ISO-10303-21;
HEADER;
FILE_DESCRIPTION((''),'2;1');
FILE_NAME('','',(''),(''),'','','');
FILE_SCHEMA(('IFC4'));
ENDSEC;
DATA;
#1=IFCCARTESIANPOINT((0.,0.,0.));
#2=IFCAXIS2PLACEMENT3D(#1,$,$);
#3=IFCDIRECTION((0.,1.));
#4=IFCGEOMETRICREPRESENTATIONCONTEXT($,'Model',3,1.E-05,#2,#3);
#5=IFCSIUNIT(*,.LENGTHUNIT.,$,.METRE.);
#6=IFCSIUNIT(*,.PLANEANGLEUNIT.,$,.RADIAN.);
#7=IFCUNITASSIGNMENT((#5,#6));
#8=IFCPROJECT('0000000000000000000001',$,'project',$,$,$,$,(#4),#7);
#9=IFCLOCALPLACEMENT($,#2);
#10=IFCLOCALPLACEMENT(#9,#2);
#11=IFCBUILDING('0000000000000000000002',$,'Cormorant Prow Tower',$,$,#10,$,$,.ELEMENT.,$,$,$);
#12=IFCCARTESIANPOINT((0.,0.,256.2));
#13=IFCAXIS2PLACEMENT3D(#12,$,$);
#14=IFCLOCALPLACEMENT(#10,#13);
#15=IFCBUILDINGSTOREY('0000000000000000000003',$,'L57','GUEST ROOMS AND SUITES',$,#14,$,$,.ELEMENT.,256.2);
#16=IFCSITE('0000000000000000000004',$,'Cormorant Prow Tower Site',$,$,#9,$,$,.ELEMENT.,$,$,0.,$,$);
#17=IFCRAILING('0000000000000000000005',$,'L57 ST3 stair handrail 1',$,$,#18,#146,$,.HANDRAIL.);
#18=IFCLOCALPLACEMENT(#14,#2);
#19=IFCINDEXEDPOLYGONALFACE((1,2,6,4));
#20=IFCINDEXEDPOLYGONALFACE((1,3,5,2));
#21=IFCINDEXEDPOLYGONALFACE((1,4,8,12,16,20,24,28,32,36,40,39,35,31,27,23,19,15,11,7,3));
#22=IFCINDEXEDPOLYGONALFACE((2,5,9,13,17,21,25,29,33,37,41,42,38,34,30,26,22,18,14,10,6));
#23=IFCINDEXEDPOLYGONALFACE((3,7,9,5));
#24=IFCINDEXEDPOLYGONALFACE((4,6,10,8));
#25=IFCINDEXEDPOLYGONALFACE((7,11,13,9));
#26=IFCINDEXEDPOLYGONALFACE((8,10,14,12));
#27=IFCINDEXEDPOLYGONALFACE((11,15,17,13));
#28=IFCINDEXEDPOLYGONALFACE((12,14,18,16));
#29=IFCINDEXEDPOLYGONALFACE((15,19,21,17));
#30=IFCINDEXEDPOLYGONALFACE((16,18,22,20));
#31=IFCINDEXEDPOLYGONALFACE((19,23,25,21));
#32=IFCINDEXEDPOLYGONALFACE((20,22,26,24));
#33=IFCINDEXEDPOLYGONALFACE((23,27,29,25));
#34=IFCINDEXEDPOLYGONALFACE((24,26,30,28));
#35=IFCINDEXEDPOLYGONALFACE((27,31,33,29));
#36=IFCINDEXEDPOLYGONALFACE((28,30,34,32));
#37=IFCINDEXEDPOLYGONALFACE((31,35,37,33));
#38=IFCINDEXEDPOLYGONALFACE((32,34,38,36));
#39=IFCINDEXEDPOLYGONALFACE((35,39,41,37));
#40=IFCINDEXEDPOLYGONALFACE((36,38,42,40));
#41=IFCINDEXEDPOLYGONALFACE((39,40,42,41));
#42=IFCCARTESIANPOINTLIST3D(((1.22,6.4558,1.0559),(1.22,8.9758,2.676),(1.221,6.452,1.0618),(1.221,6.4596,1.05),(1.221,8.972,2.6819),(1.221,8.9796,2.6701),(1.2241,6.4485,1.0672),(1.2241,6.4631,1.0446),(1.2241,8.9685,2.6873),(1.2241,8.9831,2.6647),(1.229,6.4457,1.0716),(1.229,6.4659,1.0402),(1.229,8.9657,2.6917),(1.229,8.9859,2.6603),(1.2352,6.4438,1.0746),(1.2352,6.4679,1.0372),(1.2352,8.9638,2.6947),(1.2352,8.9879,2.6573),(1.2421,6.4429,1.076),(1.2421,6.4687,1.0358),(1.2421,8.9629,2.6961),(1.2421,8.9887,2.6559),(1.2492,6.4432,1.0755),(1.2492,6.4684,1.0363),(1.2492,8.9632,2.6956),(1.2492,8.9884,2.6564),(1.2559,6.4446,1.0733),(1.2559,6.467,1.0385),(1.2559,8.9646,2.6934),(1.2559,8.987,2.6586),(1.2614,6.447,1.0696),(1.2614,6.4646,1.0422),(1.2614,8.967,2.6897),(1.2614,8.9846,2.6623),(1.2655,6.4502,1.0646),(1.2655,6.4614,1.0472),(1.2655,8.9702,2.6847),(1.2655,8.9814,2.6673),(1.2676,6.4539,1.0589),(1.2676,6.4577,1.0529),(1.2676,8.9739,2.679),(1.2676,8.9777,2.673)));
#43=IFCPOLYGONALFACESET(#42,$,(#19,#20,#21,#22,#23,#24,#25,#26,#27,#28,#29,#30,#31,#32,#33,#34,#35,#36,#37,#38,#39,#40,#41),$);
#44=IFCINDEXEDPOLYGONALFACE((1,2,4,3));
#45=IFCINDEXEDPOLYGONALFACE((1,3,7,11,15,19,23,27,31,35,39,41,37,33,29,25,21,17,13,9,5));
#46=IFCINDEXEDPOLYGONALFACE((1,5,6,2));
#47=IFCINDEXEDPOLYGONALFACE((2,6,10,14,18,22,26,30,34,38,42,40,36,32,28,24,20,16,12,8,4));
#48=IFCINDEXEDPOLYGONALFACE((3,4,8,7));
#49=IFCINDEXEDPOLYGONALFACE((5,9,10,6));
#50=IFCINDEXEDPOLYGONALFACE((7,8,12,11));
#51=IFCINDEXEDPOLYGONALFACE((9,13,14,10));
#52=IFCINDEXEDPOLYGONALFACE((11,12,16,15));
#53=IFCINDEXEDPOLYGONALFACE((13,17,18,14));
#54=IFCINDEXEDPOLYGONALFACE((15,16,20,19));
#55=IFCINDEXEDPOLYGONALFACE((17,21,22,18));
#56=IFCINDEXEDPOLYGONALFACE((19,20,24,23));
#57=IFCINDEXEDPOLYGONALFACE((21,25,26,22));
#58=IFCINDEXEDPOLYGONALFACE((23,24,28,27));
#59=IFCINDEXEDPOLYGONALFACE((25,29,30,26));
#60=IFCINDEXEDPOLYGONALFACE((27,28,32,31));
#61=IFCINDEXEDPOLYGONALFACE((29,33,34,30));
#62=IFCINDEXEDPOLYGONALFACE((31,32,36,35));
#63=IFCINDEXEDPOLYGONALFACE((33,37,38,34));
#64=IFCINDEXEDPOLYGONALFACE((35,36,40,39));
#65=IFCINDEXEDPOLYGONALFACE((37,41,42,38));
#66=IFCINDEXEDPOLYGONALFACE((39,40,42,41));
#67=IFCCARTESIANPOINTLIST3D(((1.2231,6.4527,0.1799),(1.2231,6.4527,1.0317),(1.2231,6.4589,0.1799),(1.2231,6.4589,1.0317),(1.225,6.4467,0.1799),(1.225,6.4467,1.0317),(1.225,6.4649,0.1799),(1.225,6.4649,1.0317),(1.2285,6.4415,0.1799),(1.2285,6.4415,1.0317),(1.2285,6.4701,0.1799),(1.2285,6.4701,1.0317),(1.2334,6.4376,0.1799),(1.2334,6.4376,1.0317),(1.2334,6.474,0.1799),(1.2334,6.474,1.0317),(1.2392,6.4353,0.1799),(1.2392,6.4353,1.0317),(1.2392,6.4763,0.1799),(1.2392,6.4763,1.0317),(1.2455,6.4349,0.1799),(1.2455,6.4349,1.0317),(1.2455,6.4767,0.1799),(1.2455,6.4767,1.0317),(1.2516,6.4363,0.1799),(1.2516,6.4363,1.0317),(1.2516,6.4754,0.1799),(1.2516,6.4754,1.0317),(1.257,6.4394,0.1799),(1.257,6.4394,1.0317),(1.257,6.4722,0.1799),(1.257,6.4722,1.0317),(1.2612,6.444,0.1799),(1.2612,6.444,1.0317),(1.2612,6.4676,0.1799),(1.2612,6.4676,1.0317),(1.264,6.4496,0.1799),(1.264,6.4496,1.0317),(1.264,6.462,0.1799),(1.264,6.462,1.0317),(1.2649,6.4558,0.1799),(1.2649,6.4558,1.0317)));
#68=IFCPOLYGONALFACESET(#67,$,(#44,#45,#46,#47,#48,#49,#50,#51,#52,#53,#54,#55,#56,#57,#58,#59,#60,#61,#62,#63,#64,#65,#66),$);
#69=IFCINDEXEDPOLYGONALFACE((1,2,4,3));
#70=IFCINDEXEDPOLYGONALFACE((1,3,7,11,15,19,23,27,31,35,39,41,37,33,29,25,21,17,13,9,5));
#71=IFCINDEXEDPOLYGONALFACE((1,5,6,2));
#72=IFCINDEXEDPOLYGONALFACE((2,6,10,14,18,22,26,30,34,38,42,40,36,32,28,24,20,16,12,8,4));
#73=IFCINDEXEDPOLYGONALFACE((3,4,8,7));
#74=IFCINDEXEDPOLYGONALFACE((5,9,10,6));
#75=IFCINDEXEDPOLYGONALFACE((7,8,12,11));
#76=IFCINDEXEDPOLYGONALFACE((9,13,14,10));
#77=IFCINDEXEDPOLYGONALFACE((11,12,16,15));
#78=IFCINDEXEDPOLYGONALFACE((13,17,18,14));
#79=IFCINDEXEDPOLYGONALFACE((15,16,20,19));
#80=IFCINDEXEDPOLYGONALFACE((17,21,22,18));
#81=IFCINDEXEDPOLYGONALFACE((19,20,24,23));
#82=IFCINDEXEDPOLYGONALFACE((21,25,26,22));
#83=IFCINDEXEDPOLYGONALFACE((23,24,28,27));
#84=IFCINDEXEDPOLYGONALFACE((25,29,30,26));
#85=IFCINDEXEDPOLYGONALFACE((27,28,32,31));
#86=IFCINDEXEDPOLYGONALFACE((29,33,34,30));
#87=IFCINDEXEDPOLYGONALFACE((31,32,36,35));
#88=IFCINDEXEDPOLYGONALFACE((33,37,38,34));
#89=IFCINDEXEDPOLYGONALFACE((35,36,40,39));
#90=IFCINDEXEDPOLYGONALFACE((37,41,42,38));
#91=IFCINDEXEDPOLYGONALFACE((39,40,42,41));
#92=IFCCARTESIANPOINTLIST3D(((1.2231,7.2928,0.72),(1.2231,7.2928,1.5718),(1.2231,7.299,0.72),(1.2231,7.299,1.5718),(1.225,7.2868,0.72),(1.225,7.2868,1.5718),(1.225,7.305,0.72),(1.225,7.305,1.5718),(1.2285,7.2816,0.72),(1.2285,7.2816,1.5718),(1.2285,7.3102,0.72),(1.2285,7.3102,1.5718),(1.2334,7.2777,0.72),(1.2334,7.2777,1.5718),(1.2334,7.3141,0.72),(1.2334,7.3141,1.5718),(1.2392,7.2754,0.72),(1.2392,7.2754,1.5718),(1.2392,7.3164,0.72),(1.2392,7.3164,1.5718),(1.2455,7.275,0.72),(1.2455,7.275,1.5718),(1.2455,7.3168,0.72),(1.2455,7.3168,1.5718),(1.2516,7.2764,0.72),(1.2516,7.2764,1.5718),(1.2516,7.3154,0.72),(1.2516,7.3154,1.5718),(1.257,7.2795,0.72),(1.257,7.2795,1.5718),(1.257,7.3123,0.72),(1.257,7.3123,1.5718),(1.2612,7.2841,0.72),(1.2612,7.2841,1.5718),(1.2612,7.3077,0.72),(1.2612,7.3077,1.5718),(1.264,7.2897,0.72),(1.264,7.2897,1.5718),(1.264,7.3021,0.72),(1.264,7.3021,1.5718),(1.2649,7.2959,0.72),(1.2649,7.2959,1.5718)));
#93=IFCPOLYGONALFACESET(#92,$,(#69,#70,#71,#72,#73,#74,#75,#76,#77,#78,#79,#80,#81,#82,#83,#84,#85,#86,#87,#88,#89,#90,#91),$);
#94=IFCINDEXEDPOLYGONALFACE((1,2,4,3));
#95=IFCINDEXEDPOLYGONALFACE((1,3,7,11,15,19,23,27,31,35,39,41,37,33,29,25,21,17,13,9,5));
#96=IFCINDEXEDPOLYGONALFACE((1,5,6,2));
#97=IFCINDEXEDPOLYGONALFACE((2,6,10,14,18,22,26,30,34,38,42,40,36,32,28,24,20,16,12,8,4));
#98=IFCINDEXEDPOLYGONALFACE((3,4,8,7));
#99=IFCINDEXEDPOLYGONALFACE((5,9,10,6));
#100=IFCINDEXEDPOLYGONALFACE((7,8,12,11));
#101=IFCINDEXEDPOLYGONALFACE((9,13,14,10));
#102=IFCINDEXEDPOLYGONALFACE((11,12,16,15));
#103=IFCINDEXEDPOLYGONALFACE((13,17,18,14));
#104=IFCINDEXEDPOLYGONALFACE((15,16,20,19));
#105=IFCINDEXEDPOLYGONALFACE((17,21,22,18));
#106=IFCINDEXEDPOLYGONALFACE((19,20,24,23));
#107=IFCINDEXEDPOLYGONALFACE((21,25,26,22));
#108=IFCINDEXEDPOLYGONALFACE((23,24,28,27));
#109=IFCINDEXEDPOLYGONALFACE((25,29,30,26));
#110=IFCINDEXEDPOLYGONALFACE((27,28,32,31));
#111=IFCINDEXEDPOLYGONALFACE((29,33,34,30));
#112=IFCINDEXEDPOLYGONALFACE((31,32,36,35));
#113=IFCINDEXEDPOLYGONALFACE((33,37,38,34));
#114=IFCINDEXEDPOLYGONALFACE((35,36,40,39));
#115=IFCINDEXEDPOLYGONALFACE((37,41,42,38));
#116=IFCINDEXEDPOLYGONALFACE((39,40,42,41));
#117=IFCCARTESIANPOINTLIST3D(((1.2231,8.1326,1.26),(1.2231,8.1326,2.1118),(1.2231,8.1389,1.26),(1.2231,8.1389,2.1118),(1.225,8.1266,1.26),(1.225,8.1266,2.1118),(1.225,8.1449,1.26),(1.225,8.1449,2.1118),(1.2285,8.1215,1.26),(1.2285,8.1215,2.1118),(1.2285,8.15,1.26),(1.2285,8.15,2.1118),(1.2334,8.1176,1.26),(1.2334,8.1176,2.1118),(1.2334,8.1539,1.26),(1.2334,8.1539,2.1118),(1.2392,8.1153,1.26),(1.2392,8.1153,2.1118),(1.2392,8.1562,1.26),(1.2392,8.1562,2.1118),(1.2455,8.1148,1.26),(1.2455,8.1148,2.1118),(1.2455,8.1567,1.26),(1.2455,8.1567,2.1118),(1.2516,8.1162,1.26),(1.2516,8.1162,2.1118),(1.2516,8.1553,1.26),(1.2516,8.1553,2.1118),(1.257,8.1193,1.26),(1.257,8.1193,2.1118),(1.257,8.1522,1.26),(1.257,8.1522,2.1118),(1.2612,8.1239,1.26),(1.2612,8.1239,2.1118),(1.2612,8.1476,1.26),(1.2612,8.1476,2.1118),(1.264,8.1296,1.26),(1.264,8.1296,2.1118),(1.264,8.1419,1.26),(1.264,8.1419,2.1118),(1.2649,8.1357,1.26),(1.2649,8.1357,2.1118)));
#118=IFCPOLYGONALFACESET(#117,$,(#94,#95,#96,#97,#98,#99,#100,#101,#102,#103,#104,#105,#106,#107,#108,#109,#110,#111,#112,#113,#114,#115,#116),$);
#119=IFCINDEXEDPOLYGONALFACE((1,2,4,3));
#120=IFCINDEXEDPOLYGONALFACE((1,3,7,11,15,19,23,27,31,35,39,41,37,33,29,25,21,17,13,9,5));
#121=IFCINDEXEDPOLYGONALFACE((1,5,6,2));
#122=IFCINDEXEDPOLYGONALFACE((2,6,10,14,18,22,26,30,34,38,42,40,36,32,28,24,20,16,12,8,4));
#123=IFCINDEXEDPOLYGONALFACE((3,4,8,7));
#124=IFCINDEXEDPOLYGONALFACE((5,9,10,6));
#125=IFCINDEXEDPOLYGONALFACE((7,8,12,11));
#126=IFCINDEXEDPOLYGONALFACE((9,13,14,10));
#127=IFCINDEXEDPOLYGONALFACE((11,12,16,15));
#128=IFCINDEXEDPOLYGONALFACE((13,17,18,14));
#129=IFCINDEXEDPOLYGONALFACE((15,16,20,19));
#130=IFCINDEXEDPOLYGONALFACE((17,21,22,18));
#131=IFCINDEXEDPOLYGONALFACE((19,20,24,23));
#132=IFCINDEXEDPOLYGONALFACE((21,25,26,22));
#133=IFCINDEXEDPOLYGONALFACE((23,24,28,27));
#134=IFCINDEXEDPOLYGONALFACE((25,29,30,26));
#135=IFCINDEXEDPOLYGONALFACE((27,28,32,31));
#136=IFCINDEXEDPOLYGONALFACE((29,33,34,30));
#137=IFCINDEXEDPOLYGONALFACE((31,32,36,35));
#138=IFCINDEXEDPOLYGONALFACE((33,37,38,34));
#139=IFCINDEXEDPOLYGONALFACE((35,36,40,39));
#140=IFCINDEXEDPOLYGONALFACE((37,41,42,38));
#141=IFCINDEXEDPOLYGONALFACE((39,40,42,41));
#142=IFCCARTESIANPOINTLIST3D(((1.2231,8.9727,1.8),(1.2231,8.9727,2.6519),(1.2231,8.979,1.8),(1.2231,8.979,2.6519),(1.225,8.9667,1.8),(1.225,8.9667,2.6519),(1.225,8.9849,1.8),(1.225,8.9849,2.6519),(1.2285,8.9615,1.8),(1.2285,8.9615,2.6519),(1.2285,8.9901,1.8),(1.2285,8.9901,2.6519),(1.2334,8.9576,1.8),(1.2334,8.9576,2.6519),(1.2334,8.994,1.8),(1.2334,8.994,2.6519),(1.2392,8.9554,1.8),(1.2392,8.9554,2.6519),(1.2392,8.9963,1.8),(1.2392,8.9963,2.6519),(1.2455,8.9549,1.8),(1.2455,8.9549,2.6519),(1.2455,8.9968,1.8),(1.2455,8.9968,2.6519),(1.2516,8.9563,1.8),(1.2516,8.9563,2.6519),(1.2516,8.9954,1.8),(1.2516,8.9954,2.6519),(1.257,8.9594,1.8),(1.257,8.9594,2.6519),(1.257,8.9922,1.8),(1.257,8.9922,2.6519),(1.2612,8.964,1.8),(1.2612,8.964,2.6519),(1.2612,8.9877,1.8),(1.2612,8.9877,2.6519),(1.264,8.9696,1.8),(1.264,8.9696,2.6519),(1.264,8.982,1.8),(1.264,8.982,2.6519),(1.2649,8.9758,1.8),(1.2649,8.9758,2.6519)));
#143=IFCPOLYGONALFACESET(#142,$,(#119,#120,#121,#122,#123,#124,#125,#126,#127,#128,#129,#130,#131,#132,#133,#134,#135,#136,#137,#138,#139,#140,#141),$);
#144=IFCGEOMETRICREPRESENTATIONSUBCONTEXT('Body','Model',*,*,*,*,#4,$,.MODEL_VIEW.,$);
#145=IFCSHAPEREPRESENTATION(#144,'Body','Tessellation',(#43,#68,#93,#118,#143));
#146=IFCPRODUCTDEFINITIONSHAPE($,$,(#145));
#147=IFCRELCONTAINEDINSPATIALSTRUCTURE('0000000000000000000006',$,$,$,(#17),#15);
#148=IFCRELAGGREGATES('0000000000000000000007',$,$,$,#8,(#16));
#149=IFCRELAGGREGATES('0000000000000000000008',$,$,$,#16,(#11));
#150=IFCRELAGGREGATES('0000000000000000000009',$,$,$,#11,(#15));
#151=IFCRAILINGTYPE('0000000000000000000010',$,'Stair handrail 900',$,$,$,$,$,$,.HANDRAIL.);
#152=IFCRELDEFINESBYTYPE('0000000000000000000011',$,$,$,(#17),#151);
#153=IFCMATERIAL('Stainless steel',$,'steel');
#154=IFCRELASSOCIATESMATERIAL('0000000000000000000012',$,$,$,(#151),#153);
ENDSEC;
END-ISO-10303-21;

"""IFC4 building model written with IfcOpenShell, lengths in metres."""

from ifc_helpers import new_model, si_unit, direction, frame, origin, origin_2d, place, context, subcontext, project, spatial, circle, extrude, material, type_object, element, save


model = new_model("IFC4")

# Units and contexts
model_context = context("Model", 3, precision=1e-05, world=origin(), true_north=direction((0.0, 1.0)))
body_context = subcontext(model_context, "Body", "Model", "MODEL_VIEW")
ifc_project = project(units=[si_unit("LENGTHUNIT", "METRE"), si_unit("PLANEANGLEUNIT", "RADIAN")], contexts=[model_context])

# Site, building, storey
site_placement = place(None, origin())
site = spatial("IfcSite", under=ifc_project, at=site_placement, Name="Cormorant Prow Tower Site", CompositionType="ELEMENT", RefElevation=0.0)
building_placement = place(site_placement, origin())
building = spatial("IfcBuilding", under=site, at=building_placement, Name="Cormorant Prow Tower", CompositionType="ELEMENT")
storey_placement = place(building_placement, frame((0.0, 0.0, 256.2)))
storey = spatial("IfcBuildingStorey", under=building, at=storey_placement, Name="L57", Description="GUEST ROOMS AND SUITES", CompositionType="ELEMENT", Elevation=256.2)

# Railing
ifc_material_1 = material(Name="Stainless steel", Category="steel")
railing_type_1 = type_object("IfcRailingType", Name="Stair handrail 900", PredefinedType="HANDRAIL", material=ifc_material_1)
railing_1_placement = place(storey_placement, frame((1.2439, 6.4558, 0.1799)))
element("IfcRailing", 1, at=railing_1_placement, inside=storey, type_object=railing_type_1, Name="L57 ST3 stair handrail 1", PredefinedType="HANDRAIL", context=body_context, shape_type="SweptSolid", body=[
    extrude(circle(Radius=0.0239, at=origin_2d()), frame((0.0, 0.0, 0.876), z_axis=(0.0, 0.841163, 0.540782), x_axis=(-1.0, 0.0, 0.0)), (0.0, 0.0, 1.0), 2.9958),
    extrude(circle(Radius=0.021, at=origin_2d()), origin(), (0.0, 0.0, 1.0), 0.8518),
    extrude(circle(Radius=0.021, at=origin_2d()), frame((0.0, 0.8401, 0.54)), (0.0, 0.0, 1.0), 0.8518),
    extrude(circle(Radius=0.021, at=origin_2d()), frame((0.0, 1.6799, 1.0801)), (0.0, 0.0, 1.0), 0.8518),
    extrude(circle(Radius=0.021, at=origin_2d()), frame((0.0, 2.52, 1.6201)), (0.0, 0.0, 1.0), 0.8518),
])

save(model, "model.ifc")
